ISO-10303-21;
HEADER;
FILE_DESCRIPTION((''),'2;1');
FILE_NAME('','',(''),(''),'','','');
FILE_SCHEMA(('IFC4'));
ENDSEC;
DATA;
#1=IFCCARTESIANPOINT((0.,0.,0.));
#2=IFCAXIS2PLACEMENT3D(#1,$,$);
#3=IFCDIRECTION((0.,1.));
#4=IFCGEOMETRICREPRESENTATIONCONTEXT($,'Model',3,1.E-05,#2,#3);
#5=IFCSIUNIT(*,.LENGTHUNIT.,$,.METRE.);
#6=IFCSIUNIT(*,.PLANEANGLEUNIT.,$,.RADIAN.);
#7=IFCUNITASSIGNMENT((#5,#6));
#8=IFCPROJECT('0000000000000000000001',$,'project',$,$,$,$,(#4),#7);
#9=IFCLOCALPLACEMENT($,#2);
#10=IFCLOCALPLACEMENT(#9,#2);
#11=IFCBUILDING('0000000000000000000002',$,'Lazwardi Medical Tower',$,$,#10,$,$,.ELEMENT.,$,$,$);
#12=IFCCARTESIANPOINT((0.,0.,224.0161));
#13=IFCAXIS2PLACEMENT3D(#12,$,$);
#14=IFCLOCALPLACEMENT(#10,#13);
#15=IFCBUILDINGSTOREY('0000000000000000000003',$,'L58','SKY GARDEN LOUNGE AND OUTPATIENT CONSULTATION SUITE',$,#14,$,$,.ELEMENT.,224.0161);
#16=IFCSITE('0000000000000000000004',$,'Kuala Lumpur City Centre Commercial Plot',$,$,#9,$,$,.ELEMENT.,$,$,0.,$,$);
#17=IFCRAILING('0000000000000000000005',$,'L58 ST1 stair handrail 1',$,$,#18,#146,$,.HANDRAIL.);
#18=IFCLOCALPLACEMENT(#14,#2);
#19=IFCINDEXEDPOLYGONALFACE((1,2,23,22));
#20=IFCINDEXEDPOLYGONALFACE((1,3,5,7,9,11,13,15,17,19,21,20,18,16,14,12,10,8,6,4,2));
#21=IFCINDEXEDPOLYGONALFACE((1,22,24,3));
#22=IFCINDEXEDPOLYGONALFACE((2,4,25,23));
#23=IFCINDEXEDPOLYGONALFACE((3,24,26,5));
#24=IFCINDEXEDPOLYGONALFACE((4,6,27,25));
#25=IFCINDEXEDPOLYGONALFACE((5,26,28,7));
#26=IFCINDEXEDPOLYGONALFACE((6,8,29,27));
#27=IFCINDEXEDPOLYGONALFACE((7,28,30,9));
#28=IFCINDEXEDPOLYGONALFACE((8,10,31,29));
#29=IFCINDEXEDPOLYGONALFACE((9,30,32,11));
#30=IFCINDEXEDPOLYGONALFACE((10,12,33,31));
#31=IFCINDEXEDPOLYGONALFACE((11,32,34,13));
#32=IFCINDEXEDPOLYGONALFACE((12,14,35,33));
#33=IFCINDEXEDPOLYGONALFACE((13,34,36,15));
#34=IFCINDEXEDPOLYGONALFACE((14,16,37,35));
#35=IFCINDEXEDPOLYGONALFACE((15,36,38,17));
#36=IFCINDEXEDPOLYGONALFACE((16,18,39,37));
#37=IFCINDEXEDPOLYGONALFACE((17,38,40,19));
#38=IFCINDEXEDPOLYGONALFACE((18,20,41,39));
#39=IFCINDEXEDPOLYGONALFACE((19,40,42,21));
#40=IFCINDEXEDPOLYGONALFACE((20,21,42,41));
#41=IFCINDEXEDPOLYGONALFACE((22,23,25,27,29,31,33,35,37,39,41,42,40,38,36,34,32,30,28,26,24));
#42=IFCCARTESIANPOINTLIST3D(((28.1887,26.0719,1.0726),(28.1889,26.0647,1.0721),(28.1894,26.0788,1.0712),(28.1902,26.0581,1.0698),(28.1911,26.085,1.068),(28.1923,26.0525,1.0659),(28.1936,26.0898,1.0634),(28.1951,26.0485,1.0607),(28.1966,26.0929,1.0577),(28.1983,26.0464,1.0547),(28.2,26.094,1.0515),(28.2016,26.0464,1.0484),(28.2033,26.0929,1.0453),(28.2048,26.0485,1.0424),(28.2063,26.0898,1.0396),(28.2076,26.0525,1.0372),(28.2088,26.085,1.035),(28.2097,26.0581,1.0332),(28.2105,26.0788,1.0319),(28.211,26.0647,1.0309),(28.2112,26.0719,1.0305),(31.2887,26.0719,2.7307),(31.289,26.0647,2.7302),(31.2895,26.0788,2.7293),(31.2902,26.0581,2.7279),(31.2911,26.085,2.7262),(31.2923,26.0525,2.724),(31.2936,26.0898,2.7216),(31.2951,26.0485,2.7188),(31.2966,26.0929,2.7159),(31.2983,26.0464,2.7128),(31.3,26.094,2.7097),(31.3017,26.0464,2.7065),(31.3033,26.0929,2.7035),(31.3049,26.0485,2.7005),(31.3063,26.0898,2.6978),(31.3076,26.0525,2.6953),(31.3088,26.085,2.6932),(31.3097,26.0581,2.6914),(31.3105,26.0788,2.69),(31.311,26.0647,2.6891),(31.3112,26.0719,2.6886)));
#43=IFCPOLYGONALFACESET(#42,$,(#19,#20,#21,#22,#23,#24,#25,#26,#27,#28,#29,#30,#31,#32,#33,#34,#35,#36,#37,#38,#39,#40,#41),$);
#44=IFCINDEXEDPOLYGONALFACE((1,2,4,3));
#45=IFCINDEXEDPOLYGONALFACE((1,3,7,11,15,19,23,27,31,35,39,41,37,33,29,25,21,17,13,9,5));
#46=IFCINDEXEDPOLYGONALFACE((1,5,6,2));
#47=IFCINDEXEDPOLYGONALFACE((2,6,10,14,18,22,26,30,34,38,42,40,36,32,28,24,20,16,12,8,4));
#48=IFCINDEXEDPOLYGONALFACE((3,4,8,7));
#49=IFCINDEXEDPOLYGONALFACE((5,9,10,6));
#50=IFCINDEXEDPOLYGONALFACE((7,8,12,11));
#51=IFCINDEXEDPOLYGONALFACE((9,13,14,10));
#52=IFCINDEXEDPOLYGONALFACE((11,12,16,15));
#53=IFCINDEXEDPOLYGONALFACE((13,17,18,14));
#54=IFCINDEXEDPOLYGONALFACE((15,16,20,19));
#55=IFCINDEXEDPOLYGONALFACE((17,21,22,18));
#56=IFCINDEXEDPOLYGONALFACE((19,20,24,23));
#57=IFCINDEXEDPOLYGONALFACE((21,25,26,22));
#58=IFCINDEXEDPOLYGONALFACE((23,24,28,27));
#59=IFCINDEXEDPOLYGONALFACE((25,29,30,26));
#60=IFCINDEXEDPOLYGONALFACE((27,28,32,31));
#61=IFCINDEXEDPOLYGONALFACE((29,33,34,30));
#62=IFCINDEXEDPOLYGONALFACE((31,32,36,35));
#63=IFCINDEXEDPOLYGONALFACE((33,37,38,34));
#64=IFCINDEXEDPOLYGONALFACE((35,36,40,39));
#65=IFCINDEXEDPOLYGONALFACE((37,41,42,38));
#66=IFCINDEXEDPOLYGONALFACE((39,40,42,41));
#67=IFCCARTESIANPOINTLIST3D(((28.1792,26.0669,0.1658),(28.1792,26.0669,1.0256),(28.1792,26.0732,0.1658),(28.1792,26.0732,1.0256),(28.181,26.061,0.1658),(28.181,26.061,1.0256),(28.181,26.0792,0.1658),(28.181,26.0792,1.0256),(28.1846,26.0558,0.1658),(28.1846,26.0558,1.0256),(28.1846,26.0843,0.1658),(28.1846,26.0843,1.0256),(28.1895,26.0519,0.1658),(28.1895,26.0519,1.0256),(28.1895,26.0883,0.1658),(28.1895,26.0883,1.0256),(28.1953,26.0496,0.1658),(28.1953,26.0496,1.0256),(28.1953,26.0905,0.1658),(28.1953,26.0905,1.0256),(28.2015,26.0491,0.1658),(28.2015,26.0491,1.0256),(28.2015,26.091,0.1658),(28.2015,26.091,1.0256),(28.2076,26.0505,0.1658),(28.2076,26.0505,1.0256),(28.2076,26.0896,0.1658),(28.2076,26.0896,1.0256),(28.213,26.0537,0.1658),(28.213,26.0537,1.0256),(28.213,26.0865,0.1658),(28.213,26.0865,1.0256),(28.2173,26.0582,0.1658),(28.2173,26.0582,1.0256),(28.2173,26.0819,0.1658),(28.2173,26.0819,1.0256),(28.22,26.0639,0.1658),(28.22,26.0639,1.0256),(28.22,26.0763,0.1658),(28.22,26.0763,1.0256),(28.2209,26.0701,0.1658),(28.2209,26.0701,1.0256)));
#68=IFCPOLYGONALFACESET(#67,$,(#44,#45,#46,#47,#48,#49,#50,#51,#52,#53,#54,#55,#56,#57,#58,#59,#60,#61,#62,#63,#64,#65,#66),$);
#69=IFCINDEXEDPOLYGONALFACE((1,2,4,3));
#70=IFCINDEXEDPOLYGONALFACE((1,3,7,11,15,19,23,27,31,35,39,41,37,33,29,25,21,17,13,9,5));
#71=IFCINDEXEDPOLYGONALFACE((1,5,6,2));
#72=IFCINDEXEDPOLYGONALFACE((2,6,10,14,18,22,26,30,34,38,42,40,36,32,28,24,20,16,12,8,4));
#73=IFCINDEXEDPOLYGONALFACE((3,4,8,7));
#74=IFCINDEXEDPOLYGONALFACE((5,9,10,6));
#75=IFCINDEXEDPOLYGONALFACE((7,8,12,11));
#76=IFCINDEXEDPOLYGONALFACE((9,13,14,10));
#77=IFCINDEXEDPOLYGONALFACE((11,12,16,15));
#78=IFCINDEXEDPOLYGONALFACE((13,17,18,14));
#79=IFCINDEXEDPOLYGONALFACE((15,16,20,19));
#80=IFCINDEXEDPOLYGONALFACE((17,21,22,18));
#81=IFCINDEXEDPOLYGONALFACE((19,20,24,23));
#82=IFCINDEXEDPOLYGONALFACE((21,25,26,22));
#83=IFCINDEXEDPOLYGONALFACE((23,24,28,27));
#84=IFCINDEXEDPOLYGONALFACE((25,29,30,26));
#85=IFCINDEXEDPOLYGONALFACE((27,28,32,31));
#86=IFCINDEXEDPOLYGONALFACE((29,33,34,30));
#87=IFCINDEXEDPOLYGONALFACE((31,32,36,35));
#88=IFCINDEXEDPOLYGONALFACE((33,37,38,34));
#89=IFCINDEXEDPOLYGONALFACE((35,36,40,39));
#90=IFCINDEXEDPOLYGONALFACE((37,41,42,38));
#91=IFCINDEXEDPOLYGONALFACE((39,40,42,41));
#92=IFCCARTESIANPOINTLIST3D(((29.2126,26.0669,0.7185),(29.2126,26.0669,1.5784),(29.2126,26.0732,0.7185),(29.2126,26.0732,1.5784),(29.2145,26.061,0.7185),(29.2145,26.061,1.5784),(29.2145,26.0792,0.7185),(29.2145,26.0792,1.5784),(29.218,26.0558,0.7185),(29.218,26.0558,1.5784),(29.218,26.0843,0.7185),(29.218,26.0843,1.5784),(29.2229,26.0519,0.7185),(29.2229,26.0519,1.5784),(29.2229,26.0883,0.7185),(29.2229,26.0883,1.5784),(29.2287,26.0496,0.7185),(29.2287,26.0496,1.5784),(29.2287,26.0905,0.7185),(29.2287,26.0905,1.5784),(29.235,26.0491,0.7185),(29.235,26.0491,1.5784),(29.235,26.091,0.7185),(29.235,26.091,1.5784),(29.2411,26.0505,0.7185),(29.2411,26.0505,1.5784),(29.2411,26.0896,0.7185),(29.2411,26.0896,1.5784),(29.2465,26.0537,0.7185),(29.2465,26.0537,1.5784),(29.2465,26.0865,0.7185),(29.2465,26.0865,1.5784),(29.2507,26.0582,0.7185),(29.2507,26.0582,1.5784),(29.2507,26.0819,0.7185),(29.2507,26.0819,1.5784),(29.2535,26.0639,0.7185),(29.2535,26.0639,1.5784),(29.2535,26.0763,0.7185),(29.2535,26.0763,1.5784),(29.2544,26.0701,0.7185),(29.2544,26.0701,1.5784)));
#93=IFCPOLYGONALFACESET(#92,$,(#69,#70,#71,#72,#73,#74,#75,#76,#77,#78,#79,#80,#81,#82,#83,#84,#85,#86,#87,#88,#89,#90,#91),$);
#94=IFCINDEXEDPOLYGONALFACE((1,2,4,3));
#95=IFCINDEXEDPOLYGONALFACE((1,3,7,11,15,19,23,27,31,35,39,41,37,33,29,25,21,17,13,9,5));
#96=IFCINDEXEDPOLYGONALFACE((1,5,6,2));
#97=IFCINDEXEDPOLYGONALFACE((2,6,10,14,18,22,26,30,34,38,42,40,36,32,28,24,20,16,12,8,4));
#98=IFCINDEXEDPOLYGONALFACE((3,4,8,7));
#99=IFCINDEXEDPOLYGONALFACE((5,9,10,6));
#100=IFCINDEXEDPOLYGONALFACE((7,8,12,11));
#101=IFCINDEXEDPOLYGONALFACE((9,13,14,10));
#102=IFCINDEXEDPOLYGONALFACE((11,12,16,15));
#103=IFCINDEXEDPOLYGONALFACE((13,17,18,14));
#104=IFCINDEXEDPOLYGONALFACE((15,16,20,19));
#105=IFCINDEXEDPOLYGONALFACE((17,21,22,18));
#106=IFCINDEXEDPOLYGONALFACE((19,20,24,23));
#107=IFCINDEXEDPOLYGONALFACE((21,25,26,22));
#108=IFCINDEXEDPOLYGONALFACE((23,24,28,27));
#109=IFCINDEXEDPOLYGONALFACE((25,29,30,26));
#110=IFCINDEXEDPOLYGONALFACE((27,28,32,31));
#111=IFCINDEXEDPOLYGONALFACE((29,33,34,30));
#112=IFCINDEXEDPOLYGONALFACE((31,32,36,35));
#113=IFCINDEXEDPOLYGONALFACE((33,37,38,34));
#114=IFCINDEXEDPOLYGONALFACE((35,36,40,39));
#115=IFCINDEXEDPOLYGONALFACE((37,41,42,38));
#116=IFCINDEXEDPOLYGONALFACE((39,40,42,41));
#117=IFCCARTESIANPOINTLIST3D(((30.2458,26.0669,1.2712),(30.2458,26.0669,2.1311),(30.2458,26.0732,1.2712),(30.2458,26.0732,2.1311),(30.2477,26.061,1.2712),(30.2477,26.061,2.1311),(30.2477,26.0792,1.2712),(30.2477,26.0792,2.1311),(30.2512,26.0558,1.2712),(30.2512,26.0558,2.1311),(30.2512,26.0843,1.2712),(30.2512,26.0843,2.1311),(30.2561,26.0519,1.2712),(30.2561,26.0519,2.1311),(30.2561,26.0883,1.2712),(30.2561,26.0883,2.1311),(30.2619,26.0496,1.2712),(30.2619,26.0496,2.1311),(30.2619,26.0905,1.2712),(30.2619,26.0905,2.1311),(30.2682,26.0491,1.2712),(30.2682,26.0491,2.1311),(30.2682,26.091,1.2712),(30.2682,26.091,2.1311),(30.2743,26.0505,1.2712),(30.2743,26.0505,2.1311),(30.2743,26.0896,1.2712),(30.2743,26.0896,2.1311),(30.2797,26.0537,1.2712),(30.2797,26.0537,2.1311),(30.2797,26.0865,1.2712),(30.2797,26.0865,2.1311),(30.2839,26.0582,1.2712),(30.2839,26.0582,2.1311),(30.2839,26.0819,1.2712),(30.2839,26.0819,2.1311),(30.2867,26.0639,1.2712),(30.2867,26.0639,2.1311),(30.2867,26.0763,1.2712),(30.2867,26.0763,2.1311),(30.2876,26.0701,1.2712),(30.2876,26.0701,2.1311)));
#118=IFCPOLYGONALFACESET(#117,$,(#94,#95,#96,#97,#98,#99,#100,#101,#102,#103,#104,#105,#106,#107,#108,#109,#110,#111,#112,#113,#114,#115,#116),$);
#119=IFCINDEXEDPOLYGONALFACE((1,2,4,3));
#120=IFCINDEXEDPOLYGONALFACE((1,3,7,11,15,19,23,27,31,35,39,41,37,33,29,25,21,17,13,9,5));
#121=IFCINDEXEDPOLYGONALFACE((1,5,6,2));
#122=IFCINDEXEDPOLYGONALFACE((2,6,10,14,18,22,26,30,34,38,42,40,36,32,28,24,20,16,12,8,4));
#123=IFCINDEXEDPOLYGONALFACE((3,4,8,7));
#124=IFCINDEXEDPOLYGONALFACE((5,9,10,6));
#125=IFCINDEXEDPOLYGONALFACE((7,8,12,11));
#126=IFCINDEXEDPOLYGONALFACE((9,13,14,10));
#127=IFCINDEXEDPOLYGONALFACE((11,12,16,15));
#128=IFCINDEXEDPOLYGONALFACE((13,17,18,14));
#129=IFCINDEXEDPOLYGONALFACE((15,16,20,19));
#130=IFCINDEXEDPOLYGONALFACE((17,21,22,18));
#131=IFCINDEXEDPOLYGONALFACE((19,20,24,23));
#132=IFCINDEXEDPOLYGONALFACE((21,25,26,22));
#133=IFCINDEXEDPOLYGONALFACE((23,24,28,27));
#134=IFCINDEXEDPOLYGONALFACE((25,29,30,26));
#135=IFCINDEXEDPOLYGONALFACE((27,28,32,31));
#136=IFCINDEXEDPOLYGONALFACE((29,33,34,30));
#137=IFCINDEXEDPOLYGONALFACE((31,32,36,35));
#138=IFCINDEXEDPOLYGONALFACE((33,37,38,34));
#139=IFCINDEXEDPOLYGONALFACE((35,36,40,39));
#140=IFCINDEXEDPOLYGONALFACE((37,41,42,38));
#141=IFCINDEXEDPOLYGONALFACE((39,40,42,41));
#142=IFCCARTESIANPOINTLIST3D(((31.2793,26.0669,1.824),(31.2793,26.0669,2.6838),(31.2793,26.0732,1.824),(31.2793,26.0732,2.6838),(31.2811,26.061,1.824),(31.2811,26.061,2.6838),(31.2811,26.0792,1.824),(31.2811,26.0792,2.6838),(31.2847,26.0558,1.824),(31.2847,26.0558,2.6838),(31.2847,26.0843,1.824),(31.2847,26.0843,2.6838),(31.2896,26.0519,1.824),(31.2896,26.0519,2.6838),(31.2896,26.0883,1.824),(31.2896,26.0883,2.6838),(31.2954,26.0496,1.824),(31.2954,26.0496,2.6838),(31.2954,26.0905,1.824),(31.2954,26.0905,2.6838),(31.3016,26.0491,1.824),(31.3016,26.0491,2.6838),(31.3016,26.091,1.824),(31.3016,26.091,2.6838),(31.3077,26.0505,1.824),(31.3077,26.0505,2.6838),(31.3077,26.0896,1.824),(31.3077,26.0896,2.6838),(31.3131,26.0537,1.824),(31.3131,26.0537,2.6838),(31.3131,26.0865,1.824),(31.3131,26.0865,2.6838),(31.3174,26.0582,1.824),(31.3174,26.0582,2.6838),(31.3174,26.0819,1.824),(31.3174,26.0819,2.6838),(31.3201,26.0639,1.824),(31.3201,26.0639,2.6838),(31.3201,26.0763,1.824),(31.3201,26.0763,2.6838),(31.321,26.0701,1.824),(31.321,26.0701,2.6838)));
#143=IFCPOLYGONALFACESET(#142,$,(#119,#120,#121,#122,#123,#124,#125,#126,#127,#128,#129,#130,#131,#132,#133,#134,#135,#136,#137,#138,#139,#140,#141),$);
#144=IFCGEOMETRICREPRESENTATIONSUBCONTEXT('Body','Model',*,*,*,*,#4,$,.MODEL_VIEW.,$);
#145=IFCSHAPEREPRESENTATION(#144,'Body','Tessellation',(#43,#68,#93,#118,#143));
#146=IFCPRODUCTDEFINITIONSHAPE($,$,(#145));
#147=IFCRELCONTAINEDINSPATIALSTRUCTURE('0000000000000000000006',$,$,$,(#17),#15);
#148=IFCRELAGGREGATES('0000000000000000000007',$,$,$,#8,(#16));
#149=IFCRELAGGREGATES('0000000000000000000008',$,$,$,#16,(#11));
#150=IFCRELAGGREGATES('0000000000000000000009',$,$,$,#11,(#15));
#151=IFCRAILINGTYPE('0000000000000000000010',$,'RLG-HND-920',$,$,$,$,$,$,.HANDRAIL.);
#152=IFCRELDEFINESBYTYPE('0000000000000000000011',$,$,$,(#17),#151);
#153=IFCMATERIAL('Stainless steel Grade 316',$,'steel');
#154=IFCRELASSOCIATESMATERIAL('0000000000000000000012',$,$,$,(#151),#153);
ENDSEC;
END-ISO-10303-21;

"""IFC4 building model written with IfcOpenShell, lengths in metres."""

from ifc_helpers import new_model, si_unit, direction, frame, origin, origin_2d, place, context, subcontext, project, spatial, circle, extrude, material, type_object, element, save


model = new_model("IFC4")

# Units and contexts
model_context = context("Model", 3, precision=1e-05, world=origin(), true_north=direction((0.0, 1.0)))
body_context = subcontext(model_context, "Body", "Model", "MODEL_VIEW")
ifc_project = project(units=[si_unit("LENGTHUNIT", "METRE"), si_unit("PLANEANGLEUNIT", "RADIAN")], contexts=[model_context])

# Site, building, storey
site_placement = place(None, origin())
site = spatial("IfcSite", under=ifc_project, at=site_placement, Name="Kuala Lumpur City Centre Commercial Plot", CompositionType="ELEMENT", RefElevation=0.0)
building_placement = place(site_placement, origin())
building = spatial("IfcBuilding", under=site, at=building_placement, Name="Lazwardi Medical Tower", CompositionType="ELEMENT")
storey_placement = place(building_placement, frame((0.0, 0.0, 224.0161)))
storey = spatial("IfcBuildingStorey", under=building, at=storey_placement, Name="L58", Description="SKY GARDEN LOUNGE AND OUTPATIENT CONSULTATION SUITE", CompositionType="ELEMENT", Elevation=224.0161)

# Railing
ifc_material_1 = material(Name="Stainless steel Grade 316", Category="steel")
railing_type_1 = type_object("IfcRailingType", Name="RLG-HND-920", PredefinedType="HANDRAIL", material=ifc_material_1)
railing_1_placement = place(storey_placement, frame((28.2, 26.0701, 0.1658)))
element("IfcRailing", 1, at=railing_1_placement, inside=storey, type_object=railing_type_1, Name="L58 ST1 stair handrail 1", PredefinedType="HANDRAIL", context=body_context, shape_type="SweptSolid", body=[
    extrude(circle(Radius=0.0239, at=origin_2d()), frame((0.0, 0.0, 0.8857), z_axis=(0.881783, 0.0, 0.471655), x_axis=(0.0, 1.0, 0.0)), (0.0, 0.0, 1.0), 3.5156),
    extrude(circle(Radius=0.021, at=origin_2d()), origin(), (0.0, 0.0, 1.0), 0.8599),
    extrude(circle(Radius=0.021, at=origin_2d()), frame((1.0334, 0.0, 0.5527)), (0.0, 0.0, 1.0), 0.8599),
    extrude(circle(Radius=0.021, at=origin_2d()), frame((2.0667, 0.0, 1.1055)), (0.0, 0.0, 1.0), 0.8599),
    extrude(circle(Radius=0.021, at=origin_2d()), frame((3.1001, 0.0, 1.6582)), (0.0, 0.0, 1.0), 0.8599),
])

save(model, "model.ifc")
